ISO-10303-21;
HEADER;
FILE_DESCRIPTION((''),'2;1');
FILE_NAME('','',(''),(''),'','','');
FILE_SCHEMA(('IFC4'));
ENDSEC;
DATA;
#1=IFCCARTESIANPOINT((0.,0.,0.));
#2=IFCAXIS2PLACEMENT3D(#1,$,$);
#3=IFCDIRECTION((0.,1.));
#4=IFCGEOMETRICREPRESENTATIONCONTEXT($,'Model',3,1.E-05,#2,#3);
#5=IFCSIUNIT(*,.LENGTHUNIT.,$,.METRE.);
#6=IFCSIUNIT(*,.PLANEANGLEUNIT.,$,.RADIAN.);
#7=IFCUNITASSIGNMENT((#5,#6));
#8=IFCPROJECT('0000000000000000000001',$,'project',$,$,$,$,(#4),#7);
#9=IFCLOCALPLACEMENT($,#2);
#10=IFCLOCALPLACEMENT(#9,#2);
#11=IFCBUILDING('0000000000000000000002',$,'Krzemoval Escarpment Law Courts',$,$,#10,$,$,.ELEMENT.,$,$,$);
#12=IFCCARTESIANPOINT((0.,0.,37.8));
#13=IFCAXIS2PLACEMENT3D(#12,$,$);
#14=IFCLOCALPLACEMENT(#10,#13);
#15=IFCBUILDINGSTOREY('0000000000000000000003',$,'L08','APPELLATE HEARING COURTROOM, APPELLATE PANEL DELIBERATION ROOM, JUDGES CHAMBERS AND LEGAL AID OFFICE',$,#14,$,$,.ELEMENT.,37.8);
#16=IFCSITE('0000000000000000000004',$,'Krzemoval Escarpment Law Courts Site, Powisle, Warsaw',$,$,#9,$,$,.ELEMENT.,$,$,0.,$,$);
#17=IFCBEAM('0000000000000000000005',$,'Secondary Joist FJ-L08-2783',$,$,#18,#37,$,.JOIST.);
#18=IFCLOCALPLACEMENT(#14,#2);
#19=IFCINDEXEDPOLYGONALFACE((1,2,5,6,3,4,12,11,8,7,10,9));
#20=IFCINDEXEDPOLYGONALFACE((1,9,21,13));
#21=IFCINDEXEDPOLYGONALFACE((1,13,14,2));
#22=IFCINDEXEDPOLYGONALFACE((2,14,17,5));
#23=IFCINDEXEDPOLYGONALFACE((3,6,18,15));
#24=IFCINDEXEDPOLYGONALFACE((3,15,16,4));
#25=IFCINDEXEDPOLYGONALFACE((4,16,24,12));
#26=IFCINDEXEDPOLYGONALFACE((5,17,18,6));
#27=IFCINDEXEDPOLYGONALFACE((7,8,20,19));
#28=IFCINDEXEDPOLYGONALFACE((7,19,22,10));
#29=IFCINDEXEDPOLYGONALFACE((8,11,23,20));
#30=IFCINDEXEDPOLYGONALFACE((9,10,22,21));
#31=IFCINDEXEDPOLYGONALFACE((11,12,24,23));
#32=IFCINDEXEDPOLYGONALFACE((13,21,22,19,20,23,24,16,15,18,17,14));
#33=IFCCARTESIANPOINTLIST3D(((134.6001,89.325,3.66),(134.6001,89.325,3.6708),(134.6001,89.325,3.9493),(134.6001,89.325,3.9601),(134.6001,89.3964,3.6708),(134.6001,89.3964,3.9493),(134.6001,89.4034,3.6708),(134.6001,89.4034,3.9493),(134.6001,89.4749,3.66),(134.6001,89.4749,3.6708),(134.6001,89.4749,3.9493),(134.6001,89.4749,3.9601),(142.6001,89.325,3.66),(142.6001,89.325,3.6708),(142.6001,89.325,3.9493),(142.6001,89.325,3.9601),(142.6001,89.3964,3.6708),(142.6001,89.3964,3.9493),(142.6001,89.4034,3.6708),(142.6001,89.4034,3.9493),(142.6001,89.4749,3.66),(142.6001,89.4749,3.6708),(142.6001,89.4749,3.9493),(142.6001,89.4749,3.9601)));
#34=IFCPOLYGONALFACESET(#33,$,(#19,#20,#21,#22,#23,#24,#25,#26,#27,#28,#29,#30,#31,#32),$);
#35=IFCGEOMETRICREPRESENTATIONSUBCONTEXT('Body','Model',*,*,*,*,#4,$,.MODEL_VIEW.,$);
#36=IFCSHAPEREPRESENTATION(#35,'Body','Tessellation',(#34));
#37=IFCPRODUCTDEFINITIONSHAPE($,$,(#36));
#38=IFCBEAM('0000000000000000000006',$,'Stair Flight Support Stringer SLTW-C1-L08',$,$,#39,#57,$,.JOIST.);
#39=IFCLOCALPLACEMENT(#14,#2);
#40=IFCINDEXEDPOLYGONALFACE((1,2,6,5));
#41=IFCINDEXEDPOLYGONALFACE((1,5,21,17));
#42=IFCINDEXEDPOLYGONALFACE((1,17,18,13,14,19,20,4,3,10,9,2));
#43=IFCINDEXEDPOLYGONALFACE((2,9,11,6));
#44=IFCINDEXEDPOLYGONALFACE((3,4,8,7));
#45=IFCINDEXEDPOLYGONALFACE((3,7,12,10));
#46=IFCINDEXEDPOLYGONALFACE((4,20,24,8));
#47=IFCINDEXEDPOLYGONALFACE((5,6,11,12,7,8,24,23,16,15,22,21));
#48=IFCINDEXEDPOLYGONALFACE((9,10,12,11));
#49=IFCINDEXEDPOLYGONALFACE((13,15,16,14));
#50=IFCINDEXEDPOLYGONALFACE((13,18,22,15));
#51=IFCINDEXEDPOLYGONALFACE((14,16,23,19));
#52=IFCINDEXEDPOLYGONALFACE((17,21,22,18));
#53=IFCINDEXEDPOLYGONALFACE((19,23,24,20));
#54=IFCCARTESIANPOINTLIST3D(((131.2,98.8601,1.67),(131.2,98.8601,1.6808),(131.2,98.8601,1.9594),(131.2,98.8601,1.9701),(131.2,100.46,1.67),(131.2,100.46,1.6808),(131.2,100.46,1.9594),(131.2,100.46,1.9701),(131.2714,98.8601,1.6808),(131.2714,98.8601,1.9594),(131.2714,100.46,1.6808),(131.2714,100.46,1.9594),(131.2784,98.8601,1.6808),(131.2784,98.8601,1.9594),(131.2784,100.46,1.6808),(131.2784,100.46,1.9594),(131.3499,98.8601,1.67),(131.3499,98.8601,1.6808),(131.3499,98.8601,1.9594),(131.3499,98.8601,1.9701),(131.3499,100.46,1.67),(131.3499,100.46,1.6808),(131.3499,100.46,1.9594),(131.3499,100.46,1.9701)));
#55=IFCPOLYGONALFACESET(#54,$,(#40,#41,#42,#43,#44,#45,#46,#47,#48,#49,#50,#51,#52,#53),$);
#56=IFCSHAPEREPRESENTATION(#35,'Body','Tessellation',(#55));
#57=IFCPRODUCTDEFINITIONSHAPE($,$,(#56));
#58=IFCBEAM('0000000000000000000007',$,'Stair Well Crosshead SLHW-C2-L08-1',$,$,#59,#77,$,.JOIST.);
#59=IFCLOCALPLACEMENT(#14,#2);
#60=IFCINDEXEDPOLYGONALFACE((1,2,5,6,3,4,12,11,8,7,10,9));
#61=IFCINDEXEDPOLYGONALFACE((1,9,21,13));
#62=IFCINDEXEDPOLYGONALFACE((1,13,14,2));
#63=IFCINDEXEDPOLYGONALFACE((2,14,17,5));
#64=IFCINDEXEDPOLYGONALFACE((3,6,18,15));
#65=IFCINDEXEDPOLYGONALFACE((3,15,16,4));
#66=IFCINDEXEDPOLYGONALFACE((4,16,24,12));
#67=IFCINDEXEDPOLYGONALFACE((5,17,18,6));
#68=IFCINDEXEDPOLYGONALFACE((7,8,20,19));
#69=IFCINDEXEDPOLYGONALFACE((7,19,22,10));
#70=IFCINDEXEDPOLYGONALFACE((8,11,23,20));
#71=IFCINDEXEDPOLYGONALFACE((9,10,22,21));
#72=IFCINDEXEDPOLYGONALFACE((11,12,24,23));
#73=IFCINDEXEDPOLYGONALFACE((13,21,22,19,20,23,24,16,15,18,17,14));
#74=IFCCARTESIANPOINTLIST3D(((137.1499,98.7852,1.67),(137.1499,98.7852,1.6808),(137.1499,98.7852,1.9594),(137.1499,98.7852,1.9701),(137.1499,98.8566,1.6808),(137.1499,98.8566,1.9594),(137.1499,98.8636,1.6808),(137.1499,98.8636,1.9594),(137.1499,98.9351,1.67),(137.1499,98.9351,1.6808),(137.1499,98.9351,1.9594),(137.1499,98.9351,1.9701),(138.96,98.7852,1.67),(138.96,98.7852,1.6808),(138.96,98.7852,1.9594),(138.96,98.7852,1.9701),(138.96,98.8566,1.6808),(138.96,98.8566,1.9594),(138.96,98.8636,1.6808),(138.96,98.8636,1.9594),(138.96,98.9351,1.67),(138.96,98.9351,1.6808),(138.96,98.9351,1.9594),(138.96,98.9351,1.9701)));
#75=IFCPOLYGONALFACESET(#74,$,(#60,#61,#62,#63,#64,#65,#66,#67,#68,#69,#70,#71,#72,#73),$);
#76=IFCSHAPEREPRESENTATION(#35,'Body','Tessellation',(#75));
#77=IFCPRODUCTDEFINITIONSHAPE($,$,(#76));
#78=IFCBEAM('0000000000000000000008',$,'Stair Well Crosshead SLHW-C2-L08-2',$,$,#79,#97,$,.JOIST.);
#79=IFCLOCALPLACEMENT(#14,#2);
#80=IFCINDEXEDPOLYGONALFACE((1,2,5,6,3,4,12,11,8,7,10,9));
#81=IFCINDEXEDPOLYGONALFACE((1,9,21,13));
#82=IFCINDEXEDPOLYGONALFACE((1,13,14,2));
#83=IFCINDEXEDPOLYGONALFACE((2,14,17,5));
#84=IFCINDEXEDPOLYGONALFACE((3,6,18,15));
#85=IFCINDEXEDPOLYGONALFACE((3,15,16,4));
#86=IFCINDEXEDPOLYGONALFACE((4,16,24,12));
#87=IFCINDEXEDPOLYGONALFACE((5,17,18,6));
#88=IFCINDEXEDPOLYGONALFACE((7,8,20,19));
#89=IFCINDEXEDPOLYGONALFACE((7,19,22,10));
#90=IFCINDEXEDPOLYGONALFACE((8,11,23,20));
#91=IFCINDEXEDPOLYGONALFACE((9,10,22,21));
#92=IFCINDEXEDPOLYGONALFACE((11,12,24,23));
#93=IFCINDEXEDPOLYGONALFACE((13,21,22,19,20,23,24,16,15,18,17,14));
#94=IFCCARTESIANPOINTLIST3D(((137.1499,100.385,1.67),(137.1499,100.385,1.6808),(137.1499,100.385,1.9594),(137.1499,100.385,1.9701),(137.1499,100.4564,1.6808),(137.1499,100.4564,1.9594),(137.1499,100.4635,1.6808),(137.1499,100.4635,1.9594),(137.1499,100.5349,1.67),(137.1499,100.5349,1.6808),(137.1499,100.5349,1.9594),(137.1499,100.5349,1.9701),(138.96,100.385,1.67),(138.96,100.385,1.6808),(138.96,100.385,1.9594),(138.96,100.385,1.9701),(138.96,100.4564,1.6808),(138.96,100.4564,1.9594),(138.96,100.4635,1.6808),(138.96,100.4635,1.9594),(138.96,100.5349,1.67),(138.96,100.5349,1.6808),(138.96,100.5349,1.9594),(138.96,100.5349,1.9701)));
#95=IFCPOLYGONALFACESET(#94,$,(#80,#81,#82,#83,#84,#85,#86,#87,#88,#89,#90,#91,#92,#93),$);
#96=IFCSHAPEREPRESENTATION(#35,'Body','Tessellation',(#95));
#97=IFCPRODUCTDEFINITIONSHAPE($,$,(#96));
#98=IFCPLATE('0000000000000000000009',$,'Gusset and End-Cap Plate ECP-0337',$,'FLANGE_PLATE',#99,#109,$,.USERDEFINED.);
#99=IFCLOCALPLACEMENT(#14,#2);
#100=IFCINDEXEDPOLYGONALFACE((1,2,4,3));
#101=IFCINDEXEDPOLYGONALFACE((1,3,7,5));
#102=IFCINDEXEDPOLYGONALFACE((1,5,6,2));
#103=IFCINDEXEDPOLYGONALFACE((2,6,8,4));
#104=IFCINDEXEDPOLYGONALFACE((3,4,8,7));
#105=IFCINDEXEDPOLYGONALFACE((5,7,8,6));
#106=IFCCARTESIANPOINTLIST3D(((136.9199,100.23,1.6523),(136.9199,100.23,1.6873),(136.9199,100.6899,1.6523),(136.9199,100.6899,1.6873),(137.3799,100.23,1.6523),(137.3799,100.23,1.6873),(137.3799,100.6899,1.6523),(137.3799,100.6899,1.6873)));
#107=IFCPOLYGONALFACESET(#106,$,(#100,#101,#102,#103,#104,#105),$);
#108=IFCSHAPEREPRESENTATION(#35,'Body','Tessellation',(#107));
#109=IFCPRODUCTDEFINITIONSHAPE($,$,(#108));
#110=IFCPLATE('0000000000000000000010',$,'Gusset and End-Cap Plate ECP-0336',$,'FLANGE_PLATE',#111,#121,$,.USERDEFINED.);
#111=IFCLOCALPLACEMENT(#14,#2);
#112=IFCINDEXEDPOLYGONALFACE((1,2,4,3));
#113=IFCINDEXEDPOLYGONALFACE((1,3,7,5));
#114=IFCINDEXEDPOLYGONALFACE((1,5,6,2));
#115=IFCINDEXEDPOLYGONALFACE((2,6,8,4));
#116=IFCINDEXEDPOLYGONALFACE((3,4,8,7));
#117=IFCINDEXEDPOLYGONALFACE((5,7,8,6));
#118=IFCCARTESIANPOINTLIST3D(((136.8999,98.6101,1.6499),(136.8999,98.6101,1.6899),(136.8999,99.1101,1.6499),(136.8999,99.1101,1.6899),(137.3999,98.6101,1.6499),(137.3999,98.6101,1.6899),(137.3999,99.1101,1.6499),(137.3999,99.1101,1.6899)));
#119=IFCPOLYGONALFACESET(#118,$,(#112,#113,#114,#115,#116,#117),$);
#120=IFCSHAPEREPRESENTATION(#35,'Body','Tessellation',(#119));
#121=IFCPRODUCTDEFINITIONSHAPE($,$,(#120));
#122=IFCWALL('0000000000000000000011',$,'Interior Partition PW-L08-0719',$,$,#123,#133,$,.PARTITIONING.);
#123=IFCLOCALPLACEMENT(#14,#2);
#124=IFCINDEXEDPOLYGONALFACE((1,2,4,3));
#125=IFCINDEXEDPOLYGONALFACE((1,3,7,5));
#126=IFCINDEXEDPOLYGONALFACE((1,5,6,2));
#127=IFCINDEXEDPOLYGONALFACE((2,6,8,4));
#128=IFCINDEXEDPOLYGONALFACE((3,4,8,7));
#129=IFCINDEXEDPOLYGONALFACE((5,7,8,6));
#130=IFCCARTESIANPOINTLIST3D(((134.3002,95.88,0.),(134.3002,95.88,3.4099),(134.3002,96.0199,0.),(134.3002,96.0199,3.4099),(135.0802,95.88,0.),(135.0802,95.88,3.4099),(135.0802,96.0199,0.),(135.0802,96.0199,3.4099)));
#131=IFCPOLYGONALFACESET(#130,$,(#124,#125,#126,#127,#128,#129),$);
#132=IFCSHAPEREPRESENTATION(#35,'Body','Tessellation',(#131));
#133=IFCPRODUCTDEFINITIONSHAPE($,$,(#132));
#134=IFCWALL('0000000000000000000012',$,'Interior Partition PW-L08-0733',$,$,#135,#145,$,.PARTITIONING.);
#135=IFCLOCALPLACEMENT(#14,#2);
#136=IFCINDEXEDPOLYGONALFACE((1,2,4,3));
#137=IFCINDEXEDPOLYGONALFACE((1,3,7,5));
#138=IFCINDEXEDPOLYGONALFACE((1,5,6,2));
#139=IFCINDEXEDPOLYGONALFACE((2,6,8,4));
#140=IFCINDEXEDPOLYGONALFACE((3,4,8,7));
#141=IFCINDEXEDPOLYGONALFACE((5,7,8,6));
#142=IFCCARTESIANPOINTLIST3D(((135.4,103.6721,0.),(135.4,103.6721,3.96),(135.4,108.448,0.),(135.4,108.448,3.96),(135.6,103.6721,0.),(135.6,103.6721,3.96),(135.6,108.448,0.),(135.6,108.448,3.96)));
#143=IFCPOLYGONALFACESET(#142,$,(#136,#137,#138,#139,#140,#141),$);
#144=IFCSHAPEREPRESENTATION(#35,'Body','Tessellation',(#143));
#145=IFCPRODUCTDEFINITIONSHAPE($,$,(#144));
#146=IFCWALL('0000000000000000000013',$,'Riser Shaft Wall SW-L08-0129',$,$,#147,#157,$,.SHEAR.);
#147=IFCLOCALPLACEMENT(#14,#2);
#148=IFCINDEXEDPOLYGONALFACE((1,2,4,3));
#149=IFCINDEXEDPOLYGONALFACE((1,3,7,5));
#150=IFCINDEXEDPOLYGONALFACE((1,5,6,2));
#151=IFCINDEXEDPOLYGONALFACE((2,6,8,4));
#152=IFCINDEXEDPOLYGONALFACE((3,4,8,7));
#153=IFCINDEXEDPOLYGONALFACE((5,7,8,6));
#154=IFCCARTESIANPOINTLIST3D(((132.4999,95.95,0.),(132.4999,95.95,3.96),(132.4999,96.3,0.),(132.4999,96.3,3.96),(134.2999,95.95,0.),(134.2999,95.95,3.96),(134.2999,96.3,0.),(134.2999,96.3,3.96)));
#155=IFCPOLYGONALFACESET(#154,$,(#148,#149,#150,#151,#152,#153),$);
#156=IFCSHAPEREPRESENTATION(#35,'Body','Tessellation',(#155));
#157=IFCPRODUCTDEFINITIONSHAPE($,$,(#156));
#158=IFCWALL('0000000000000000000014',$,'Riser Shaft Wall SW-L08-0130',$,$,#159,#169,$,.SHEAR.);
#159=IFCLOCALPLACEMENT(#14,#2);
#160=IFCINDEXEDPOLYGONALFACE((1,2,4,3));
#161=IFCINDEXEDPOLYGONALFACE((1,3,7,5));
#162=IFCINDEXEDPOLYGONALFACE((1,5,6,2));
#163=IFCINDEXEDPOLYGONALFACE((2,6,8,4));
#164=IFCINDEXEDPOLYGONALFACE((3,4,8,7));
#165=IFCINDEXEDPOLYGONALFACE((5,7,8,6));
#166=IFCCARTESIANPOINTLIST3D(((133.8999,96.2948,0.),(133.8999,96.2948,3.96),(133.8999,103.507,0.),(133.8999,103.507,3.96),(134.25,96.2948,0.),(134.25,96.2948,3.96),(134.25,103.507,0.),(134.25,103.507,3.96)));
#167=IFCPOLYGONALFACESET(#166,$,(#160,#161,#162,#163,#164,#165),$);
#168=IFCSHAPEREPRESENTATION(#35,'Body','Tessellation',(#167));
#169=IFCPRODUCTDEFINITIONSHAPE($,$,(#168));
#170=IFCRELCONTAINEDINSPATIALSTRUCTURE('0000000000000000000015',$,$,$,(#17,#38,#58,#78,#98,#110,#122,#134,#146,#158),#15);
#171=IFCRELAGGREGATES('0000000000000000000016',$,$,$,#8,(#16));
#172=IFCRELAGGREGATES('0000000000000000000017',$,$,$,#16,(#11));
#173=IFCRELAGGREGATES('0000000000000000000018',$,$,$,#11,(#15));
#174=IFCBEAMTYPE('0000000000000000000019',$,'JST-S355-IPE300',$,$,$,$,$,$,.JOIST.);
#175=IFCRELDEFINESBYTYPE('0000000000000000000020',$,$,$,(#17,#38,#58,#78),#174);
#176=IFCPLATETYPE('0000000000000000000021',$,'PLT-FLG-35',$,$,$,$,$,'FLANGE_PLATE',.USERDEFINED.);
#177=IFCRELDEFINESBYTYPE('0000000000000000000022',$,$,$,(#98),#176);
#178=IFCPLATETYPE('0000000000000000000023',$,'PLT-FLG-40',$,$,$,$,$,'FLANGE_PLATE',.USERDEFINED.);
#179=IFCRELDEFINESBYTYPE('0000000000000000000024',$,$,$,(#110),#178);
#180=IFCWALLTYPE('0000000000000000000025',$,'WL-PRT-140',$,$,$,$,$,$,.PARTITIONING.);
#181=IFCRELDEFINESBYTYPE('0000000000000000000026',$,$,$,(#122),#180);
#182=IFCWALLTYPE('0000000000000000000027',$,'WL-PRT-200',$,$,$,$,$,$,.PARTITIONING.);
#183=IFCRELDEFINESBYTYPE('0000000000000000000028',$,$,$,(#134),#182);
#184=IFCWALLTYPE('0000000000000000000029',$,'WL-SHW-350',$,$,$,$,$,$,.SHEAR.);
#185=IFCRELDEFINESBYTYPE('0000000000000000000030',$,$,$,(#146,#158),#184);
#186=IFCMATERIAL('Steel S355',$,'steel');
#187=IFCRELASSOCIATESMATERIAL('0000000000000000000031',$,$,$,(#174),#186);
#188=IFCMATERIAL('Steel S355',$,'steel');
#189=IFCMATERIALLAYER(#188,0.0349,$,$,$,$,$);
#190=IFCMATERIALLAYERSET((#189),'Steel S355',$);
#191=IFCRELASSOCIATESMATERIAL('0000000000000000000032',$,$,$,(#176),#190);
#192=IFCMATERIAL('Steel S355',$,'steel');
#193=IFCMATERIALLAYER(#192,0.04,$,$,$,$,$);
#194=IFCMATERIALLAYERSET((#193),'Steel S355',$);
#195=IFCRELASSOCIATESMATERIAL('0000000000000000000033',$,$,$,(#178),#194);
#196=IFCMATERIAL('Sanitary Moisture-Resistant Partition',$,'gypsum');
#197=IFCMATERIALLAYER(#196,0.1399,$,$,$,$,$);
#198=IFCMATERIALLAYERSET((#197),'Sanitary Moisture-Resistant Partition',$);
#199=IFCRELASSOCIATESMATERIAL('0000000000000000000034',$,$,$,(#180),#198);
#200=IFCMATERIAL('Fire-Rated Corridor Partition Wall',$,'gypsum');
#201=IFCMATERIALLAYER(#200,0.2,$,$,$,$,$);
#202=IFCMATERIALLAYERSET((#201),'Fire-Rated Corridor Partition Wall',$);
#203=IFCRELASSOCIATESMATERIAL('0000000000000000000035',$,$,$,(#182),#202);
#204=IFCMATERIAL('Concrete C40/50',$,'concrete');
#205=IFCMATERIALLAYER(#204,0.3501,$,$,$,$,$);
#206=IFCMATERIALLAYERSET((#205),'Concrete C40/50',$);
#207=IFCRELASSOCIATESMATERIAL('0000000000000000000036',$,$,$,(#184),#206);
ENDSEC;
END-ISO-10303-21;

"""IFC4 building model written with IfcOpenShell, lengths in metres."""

from ifc_helpers import new_model, si_unit, direction, frame, frame_2d, origin, origin_2d, place, context, subcontext, project, spatial, rectangle, i_section, extrude, material, layer, layer_set, material_profile, profile_set, type_object, element, save


model = new_model("IFC4")

# Units and contexts
model_context = context("Model", 3, precision=1e-05, world=origin(), true_north=direction((0.0, 1.0)))
body_context = subcontext(model_context, "Body", "Model", "MODEL_VIEW")
ifc_project = project(units=[si_unit("LENGTHUNIT", "METRE"), si_unit("PLANEANGLEUNIT", "RADIAN")], contexts=[model_context])

# Site, building, storey
site_placement = place(None, origin())
site = spatial("IfcSite", under=ifc_project, at=site_placement, Name="Krzemoval Escarpment Law Courts Site, Powisle, Warsaw", CompositionType="ELEMENT", RefElevation=0.0)
building_placement = place(site_placement, origin())
building = spatial("IfcBuilding", under=site, at=building_placement, Name="Krzemoval Escarpment Law Courts", CompositionType="ELEMENT")
storey_placement = place(building_placement, frame((0.0, 0.0, 37.8)))
storey = spatial("IfcBuildingStorey", under=building, at=storey_placement, Name="L08", Description="APPELLATE HEARING COURTROOM, APPELLATE PANEL DELIBERATION ROOM, JUDGES CHAMBERS AND LEGAL AID OFFICE", CompositionType="ELEMENT", Elevation=37.8)

# Beams
ifc_material_1 = material(Name="Steel S355", Category="steel")
ifc_material_profile_1 = material_profile(ifc_material_1, i_section(OverallWidth=0.1499, OverallDepth=0.3, WebThickness=0.0071, FlangeThickness=0.0107, at=origin_2d()), Name="IPE 300")
ifc_profile_set_1 = profile_set([ifc_material_profile_1], Name="Steel S355")
beam_type_1 = type_object("IfcBeamType", Name="JST-S355-IPE300", PredefinedType="JOIST", material=ifc_profile_set_1)
beam_1_placement = place(storey_placement, frame((134.6001, 89.3999, 3.8101), z_axis=(1.0, 0.0, 0.0), x_axis=(0.0, 1.0, 0.0)))
element("IfcBeam", 1, at=beam_1_placement, inside=storey, type_object=beam_type_1, Name="Secondary Joist FJ-L08-2783", PredefinedType="JOIST", context=body_context, shape_type="SweptSolid", body=[
    extrude(i_section(OverallWidth=0.1499, OverallDepth=0.3, WebThickness=0.0071, FlangeThickness=0.0107, at=origin_2d()), origin(), (0.0, 0.0, 1.0), 8.0),
])
beam_2_placement = place(storey_placement, frame((131.2749, 98.8601, 1.8201), z_axis=(0.0, 1.0, 0.0), x_axis=(-1.0, 0.0, 0.0)))
element("IfcBeam", 2, at=beam_2_placement, inside=storey, type_object=beam_type_1, Name="Stair Flight Support Stringer SLTW-C1-L08", PredefinedType="JOIST", context=body_context, shape_type="SweptSolid", body=[
    extrude(i_section(OverallWidth=0.1499, OverallDepth=0.3, WebThickness=0.0071, FlangeThickness=0.0107, at=origin_2d()), origin(), (0.0, 0.0, 1.0), 1.5999),
])
for number, where, z_axis, x_axis, name in (
    (3, (137.1499, 98.8601, 1.8201), (1.0, 0.0, 0.0), (0.0, 1.0, 0.0), "Stair Well Crosshead SLHW-C2-L08-1"),
    (4, (137.1499, 100.46, 1.8201), (1.0, 0.0, 0.0), (0.0, 1.0, 0.0), "Stair Well Crosshead SLHW-C2-L08-2"),
):
    element("IfcBeam", number, at=place(storey_placement, frame(where, z_axis=z_axis, x_axis=x_axis)), inside=storey, type_object=beam_type_1, Name=name, PredefinedType="JOIST", context=body_context, shape_type="SweptSolid", body=[
        extrude(i_section(OverallWidth=0.1499, OverallDepth=0.3, WebThickness=0.0071, FlangeThickness=0.0107, at=origin_2d()), origin(), (0.0, 0.0, 1.0), 1.8101),
    ])

# Plates
ifc_material_2 = material(Name="Steel S355", Category="steel")
ifc_layer_1 = layer(ifc_material_2, 0.0349)
ifc_layer_set_1 = layer_set([ifc_layer_1], Name="Steel S355")
plate_type_1 = type_object("IfcPlateType", Name="PLT-FLG-35", ElementType="FLANGE_PLATE", PredefinedType="USERDEFINED", material=ifc_layer_set_1)
plate_1_placement = place(storey_placement, frame((137.1499, 100.46, 1.6523), z_axis=(0.0, 0.0, 1.0), x_axis=(1.0, 0.0, 0.0)))
element("IfcPlate", 5, at=plate_1_placement, inside=storey, type_object=plate_type_1, Name="Gusset and End-Cap Plate ECP-0337", ObjectType="FLANGE_PLATE", PredefinedType="USERDEFINED", context=body_context, shape_type="SweptSolid", body=[
    extrude(rectangle(XDim=0.46, YDim=0.46, at=origin_2d()), origin(), (0.0, 0.0, 1.0), 0.0349),
])
ifc_material_3 = material(Name="Steel S355", Category="steel")
ifc_layer_2 = layer(ifc_material_3, 0.04)
ifc_layer_set_2 = layer_set([ifc_layer_2], Name="Steel S355")
plate_type_2 = type_object("IfcPlateType", Name="PLT-FLG-40", ElementType="FLANGE_PLATE", PredefinedType="USERDEFINED", material=ifc_layer_set_2)
plate_2_placement = place(storey_placement, frame((137.1499, 98.8601, 1.6499), z_axis=(0.0, 0.0, 1.0), x_axis=(1.0, 0.0, 0.0)))
element("IfcPlate", 6, at=plate_2_placement, inside=storey, type_object=plate_type_2, Name="Gusset and End-Cap Plate ECP-0336", ObjectType="FLANGE_PLATE", PredefinedType="USERDEFINED", context=body_context, shape_type="SweptSolid", body=[
    extrude(rectangle(XDim=0.5, YDim=0.5, at=origin_2d()), origin(), (0.0, 0.0, 1.0), 0.04),
])

# Walls
ifc_material_4 = material(Name="Sanitary Moisture-Resistant Partition", Category="gypsum")
ifc_layer_3 = layer(ifc_material_4, 0.1399)
ifc_layer_set_3 = layer_set([ifc_layer_3], Name="Sanitary Moisture-Resistant Partition")
wall_type_1 = type_object("IfcWallType", Name="WL-PRT-140", PredefinedType="PARTITIONING", material=ifc_layer_set_3)
wall_1_placement = place(storey_placement, frame((134.3, 95.95, 0.0), z_axis=(0.0, 0.0, 1.0), x_axis=(1.0, 0.0, 0.0)))
element("IfcWall", 7, at=wall_1_placement, inside=storey, type_object=wall_type_1, Name="Interior Partition PW-L08-0719", PredefinedType="PARTITIONING", context=body_context, shape_type="SweptSolid", body=[
    extrude(rectangle(XDim=0.78, YDim=0.1399, at=frame_2d((0.3901, 0.0))), origin(), (0.0, 0.0, 1.0), 3.4099),
])
ifc_material_5 = material(Name="Fire-Rated Corridor Partition Wall", Category="gypsum")
ifc_layer_4 = layer(ifc_material_5, 0.2)
ifc_layer_set_4 = layer_set([ifc_layer_4], Name="Fire-Rated Corridor Partition Wall")
wall_type_2 = type_object("IfcWallType", Name="WL-PRT-200", PredefinedType="PARTITIONING", material=ifc_layer_set_4)
wall_2_placement = place(storey_placement, frame((135.5, 103.6721, 0.0), z_axis=(0.0, 0.0, 1.0), x_axis=(0.0, 1.0, 0.0)))
element("IfcWall", 8, at=wall_2_placement, inside=storey, type_object=wall_type_2, Name="Interior Partition PW-L08-0733", PredefinedType="PARTITIONING", context=body_context, shape_type="SweptSolid", body=[
    extrude(rectangle(XDim=4.7759, YDim=0.2, at=frame_2d((2.3879, 0.0))), origin(), (0.0, 0.0, 1.0), 3.96),
])
ifc_material_6 = material(Name="Concrete C40/50", Category="concrete")
ifc_layer_5 = layer(ifc_material_6, 0.3501)
ifc_layer_set_5 = layer_set([ifc_layer_5], Name="Concrete C40/50")
wall_type_3 = type_object("IfcWallType", Name="WL-SHW-350", PredefinedType="SHEAR", material=ifc_layer_set_5)
wall_3_placement = place(storey_placement, frame((132.5, 96.125, 0.0), z_axis=(0.0, 0.0, 1.0), x_axis=(1.0, 0.0, 0.0)))
element("IfcWall", 9, at=wall_3_placement, inside=storey, type_object=wall_type_3, Name="Riser Shaft Wall SW-L08-0129", PredefinedType="SHEAR", context=body_context, shape_type="SweptSolid", body=[
    extrude(rectangle(XDim=1.8, YDim=0.3501, at=frame_2d((0.8999, 0.0))), origin(), (0.0, 0.0, 1.0), 3.96),
])
wall_4_placement = place(storey_placement, frame((134.075, 96.2949, 0.0), z_axis=(0.0, 0.0, 1.0), x_axis=(0.0, 1.0, 0.0)))
element("IfcWall", 10, at=wall_4_placement, inside=storey, type_object=wall_type_3, Name="Riser Shaft Wall SW-L08-0130", PredefinedType="SHEAR", context=body_context, shape_type="SweptSolid", body=[
    extrude(rectangle(XDim=7.2122, YDim=0.3501, at=frame_2d((3.606, 0.0))), origin(), (0.0, 0.0, 1.0), 3.96),
])

save(model, "model.ifc")
